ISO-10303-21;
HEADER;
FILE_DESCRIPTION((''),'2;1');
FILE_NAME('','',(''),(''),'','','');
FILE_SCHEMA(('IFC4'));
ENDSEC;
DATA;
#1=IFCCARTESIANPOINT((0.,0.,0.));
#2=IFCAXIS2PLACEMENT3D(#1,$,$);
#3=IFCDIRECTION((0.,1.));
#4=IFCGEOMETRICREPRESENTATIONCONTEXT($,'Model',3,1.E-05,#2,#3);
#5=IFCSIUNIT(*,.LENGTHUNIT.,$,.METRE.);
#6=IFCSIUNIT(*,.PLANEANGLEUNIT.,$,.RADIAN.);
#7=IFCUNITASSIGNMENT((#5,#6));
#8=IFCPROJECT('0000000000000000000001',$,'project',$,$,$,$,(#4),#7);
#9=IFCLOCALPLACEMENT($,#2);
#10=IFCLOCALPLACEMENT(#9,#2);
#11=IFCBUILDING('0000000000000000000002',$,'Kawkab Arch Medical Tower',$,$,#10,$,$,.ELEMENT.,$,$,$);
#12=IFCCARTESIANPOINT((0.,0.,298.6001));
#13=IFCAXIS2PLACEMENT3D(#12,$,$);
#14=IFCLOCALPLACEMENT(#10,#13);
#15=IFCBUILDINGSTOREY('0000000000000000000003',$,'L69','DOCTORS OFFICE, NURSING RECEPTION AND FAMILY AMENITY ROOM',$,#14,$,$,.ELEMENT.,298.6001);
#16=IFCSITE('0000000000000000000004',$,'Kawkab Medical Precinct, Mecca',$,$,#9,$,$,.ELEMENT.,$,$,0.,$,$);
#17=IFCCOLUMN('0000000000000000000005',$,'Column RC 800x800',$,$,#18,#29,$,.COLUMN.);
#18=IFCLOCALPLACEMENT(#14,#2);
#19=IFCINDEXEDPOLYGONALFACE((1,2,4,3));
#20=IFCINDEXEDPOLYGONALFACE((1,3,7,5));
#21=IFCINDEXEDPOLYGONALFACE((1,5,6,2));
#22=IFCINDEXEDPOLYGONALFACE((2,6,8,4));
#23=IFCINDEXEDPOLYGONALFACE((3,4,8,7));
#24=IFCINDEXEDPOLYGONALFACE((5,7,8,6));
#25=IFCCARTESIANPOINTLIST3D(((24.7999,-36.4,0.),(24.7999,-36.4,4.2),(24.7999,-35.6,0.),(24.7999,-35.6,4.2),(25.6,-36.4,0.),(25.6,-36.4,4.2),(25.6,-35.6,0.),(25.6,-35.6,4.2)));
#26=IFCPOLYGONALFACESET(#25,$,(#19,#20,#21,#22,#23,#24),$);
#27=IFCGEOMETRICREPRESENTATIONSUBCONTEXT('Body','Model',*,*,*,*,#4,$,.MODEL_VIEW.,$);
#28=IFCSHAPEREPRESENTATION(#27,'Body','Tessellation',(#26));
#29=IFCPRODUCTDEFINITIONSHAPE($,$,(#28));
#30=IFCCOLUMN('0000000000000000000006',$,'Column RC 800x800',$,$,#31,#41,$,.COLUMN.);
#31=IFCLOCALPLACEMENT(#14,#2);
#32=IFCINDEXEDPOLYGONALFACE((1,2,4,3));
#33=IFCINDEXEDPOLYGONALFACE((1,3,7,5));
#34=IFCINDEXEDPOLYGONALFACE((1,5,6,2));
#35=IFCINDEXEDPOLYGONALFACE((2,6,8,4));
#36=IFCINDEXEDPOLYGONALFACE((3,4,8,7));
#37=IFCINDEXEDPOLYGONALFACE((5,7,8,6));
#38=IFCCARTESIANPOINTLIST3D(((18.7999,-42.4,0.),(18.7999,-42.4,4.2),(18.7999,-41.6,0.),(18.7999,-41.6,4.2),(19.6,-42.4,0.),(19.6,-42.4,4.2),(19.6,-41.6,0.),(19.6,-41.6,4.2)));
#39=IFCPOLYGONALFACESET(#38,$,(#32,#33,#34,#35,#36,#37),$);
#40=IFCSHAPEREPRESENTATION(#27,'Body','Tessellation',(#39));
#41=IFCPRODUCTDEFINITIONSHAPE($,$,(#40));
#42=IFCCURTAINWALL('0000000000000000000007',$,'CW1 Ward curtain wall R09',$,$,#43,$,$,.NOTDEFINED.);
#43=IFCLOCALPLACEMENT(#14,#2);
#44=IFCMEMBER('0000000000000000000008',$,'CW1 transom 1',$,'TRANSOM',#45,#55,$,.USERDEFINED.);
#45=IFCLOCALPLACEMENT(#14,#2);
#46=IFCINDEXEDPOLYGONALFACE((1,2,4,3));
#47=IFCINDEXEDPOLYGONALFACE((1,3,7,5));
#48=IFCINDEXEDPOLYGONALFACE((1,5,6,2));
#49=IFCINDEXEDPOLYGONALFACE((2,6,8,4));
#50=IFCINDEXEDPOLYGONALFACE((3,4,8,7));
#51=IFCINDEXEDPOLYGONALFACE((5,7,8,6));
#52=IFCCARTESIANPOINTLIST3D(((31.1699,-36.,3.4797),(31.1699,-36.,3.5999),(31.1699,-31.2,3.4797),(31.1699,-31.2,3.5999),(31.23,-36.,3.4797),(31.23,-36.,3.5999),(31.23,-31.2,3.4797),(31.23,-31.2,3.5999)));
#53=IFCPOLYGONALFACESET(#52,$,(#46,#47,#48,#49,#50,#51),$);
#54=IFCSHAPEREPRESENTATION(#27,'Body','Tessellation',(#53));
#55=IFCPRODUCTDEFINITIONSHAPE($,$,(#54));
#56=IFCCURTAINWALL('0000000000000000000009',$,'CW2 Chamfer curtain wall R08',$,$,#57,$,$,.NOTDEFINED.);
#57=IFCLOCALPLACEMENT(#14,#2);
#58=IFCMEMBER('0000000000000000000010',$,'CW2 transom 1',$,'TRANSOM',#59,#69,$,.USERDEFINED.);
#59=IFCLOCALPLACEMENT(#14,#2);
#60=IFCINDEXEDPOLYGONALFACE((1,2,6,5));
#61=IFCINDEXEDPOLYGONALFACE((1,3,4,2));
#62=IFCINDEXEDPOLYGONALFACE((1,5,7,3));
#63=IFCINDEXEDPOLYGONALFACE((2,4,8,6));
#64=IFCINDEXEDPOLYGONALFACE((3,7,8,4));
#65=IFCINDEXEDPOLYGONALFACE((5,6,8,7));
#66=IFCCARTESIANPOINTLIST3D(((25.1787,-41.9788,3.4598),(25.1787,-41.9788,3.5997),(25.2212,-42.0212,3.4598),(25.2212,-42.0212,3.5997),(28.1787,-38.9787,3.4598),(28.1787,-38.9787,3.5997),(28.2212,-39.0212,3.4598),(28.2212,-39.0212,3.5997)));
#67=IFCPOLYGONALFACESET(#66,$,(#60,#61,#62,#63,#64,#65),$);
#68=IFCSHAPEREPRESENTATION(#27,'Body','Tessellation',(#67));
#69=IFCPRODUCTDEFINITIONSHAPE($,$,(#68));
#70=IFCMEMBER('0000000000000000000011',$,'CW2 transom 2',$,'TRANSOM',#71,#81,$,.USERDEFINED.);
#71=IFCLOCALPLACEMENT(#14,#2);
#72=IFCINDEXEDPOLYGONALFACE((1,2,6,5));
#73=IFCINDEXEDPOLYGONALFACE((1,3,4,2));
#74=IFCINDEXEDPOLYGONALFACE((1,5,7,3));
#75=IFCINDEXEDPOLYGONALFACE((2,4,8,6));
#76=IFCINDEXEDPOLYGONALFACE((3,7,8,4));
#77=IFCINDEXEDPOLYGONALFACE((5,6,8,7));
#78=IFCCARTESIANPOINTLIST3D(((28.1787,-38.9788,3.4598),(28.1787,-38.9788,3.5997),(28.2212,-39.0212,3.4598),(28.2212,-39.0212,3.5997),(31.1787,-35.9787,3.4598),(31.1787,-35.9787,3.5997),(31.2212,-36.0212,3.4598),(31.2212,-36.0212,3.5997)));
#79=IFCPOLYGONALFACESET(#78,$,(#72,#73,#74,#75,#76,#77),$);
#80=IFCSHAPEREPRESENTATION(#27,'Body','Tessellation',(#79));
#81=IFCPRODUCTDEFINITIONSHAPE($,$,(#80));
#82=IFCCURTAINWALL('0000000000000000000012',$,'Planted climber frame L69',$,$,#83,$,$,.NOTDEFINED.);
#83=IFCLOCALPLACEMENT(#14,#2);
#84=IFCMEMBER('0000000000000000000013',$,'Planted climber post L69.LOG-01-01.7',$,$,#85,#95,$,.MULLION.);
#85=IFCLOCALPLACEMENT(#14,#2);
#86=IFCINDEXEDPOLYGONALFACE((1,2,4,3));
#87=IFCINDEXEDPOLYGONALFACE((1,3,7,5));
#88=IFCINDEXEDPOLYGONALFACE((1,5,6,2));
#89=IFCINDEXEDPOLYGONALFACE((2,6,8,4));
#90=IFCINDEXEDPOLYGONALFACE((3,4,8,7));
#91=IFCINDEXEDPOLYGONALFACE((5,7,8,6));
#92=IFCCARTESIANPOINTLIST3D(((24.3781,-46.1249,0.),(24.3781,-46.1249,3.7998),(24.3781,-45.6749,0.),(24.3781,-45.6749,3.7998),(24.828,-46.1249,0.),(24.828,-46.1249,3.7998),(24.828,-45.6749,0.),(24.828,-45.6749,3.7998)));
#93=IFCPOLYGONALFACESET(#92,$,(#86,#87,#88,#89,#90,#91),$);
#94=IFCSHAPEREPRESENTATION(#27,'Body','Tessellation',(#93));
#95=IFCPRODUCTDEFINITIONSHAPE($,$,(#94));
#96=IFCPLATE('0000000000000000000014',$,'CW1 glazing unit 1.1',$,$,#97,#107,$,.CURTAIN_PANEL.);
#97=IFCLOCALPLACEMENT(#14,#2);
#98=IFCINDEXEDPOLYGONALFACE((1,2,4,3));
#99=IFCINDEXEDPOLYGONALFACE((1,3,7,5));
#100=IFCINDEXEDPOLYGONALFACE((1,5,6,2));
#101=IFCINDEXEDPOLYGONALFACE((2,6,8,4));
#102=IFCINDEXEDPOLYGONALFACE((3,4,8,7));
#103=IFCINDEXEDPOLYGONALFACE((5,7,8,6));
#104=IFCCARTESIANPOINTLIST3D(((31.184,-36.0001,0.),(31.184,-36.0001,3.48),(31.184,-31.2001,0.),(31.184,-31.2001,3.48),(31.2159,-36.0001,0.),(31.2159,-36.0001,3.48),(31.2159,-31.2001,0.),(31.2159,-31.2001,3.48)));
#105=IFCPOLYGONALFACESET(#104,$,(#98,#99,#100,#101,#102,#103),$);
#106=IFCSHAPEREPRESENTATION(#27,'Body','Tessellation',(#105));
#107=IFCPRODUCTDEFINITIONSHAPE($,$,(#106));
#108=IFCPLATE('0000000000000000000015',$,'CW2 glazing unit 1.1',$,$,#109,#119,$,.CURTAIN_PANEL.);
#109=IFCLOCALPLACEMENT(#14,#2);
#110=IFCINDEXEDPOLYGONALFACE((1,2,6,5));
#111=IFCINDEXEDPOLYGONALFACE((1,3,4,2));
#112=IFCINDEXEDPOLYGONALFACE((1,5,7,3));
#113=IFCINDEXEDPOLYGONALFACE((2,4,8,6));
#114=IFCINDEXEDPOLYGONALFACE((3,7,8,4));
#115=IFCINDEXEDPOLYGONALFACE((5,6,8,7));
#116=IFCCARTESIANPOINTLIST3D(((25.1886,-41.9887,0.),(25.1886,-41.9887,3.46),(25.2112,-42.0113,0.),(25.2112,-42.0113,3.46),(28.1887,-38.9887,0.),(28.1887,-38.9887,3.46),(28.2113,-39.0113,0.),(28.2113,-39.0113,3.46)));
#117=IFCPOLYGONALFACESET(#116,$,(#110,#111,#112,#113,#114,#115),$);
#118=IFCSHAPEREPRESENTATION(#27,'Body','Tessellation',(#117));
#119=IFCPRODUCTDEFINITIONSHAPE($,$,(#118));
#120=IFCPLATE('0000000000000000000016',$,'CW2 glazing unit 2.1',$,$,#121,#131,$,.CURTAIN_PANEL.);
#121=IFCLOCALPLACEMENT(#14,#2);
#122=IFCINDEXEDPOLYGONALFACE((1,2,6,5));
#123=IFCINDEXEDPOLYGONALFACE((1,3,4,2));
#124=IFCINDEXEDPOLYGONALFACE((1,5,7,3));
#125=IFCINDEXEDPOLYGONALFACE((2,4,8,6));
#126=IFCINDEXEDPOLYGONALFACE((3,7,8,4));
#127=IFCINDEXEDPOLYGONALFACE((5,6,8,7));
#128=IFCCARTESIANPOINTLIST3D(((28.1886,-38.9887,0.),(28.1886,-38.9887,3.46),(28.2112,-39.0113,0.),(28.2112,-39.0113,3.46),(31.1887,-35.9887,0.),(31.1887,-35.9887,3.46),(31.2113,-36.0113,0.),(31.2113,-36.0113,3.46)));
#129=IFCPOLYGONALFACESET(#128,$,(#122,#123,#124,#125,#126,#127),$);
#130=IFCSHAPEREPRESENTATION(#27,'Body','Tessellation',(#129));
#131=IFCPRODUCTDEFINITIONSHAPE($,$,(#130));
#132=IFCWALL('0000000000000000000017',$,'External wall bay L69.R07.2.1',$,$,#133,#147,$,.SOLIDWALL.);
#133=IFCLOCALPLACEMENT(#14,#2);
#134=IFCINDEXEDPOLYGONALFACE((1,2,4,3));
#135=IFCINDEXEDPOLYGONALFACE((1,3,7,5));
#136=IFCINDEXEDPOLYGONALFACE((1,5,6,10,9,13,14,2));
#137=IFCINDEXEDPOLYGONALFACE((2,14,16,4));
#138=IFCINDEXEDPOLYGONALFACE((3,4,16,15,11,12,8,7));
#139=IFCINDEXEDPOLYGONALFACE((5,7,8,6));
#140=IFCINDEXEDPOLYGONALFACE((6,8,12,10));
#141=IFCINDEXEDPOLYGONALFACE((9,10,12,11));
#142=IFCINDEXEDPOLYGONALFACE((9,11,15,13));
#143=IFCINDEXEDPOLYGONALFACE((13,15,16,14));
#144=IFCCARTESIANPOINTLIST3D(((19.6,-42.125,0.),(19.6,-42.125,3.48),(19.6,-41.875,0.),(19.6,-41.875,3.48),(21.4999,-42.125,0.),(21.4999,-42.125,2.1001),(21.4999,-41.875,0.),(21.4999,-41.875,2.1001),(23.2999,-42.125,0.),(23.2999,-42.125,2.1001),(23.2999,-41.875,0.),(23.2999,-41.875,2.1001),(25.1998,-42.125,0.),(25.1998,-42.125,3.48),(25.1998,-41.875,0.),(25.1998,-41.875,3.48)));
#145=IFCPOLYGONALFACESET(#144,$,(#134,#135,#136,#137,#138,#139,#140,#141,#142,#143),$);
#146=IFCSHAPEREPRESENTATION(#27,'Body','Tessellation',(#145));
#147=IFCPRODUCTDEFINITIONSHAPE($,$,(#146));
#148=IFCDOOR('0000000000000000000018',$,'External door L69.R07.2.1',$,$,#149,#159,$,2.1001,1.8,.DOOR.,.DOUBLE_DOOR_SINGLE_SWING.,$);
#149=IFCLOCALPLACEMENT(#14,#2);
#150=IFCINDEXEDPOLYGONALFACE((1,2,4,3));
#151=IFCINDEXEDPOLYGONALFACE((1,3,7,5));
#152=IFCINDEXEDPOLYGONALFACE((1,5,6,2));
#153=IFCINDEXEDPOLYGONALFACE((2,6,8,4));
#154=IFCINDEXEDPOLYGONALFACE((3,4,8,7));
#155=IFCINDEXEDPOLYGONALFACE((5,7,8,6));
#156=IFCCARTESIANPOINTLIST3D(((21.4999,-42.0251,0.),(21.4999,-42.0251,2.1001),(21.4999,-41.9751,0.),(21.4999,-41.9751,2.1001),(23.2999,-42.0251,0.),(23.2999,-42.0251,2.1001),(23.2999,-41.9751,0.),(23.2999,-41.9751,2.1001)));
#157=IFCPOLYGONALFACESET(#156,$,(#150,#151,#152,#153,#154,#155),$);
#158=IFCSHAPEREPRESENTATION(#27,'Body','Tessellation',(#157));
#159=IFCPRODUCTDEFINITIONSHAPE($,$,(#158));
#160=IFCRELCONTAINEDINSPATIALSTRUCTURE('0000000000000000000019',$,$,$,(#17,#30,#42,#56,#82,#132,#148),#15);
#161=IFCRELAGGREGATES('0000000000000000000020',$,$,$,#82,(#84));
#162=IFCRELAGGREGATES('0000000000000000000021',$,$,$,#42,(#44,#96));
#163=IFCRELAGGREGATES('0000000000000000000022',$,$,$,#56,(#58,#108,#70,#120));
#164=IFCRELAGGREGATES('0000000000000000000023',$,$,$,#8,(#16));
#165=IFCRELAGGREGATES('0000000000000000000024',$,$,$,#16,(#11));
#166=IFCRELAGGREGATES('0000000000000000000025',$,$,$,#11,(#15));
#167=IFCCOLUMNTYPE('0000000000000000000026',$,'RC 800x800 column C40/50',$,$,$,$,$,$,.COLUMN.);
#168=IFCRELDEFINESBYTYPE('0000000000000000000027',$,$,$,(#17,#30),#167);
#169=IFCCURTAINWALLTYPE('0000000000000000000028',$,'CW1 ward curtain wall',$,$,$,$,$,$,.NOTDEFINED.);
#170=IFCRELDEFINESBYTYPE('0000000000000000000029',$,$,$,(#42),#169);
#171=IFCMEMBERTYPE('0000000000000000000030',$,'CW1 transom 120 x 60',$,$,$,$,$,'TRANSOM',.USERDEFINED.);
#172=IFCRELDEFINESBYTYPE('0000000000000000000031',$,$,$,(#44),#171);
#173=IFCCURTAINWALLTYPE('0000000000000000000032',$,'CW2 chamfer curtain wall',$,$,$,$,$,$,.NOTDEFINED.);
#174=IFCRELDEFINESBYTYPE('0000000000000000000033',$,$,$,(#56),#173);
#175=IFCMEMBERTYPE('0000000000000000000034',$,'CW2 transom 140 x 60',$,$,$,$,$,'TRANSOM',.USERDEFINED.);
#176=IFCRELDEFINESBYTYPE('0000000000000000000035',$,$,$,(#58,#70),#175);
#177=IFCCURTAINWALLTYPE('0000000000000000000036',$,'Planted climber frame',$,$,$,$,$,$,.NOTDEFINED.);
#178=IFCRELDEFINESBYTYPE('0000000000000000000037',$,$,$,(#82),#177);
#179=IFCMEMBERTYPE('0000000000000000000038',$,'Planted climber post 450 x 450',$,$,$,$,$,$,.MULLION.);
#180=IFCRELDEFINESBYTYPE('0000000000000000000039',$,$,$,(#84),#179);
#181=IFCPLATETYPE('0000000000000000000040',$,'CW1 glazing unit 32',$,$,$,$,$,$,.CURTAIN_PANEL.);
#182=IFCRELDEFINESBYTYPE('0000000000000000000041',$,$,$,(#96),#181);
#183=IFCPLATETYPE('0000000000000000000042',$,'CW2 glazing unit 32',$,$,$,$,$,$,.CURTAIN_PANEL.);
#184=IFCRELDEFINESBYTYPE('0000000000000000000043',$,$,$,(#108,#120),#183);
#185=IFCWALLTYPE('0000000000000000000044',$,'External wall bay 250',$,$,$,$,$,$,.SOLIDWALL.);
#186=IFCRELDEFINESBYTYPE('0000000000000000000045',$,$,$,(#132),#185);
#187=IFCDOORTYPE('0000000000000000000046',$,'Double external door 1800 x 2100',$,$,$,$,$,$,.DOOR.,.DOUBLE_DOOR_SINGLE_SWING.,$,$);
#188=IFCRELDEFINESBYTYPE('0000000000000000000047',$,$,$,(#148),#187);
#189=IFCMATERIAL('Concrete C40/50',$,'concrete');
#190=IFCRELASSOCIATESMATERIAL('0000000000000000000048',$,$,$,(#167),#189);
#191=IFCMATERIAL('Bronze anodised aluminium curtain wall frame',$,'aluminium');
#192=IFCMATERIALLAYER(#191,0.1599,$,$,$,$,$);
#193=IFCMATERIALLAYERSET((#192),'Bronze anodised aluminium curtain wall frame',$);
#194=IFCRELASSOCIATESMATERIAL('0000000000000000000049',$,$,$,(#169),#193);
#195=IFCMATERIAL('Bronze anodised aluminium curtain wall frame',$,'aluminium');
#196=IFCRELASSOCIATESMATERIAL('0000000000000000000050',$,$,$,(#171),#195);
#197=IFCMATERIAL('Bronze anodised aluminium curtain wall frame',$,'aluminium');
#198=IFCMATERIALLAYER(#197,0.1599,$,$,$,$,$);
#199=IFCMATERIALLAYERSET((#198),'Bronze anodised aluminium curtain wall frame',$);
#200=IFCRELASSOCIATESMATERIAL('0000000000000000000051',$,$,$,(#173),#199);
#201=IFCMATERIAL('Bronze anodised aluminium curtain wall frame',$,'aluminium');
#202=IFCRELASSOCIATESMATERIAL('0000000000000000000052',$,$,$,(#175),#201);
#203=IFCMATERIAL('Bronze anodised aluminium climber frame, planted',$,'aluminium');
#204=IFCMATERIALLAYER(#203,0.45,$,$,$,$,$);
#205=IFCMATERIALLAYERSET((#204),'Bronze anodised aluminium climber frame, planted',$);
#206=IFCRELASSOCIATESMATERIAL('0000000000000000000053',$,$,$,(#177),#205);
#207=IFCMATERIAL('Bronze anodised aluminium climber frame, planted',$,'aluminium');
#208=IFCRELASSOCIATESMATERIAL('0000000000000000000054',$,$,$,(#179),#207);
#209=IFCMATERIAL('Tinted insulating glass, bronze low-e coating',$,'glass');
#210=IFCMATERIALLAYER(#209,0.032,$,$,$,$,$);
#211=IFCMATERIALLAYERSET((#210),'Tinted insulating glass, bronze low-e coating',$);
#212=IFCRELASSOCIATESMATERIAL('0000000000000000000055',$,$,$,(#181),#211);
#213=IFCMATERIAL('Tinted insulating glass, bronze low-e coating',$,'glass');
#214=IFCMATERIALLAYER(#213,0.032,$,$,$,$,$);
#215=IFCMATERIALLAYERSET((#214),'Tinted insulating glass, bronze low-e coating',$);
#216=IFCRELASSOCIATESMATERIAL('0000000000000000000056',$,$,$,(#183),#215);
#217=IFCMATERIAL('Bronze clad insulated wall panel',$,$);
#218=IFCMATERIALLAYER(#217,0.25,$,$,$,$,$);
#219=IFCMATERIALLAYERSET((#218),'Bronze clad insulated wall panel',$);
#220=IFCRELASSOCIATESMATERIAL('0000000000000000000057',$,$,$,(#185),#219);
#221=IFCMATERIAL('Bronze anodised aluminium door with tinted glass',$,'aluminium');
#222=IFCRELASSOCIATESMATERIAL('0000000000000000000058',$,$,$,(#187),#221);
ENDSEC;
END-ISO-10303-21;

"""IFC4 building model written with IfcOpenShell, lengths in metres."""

from ifc_helpers import new_model, si_unit, direction, frame, frame_2d, origin, origin_2d, place, context, subcontext, project, spatial, rectangle, extrude, material, layer, layer_set, material_profile, profile_set, type_object, element, fill, aggregate, save


model = new_model("IFC4")

# Units and contexts
model_context = context("Model", 3, precision=1e-05, world=origin(), true_north=direction((0.0, 1.0)))
body_context = subcontext(model_context, "Body", "Model", "MODEL_VIEW")
ifc_project = project(units=[si_unit("LENGTHUNIT", "METRE"), si_unit("PLANEANGLEUNIT", "RADIAN")], contexts=[model_context])

# Site, building, storey
site_placement = place(None, origin())
site = spatial("IfcSite", under=ifc_project, at=site_placement, Name="Kawkab Medical Precinct, Mecca", CompositionType="ELEMENT", RefElevation=0.0)
building_placement = place(site_placement, origin())
building = spatial("IfcBuilding", under=site, at=building_placement, Name="Kawkab Arch Medical Tower", CompositionType="ELEMENT")
storey_placement = place(building_placement, frame((0.0, 0.0, 298.6001)))
storey = spatial("IfcBuildingStorey", under=building, at=storey_placement, Name="L69", Description="DOCTORS OFFICE, NURSING RECEPTION AND FAMILY AMENITY ROOM", CompositionType="ELEMENT", Elevation=298.6001)

# Columns
ifc_material_1 = material(Name="Concrete C40/50", Category="concrete")
ifc_material_profile_1 = material_profile(ifc_material_1, rectangle(XDim=0.8, YDim=0.8, at=origin_2d()), Name="RC 800x800")
ifc_profile_set_1 = profile_set([ifc_material_profile_1], Name="Concrete C40/50")
column_type = type_object("IfcColumnType", Name="RC 800x800 column C40/50", PredefinedType="COLUMN", material=ifc_profile_set_1)
for number, where, z_axis, x_axis, name in (
    (1, (25.2, -36.0, 0.0), (0.0, 0.0, 1.0), (1.0, 0.0, 0.0), "Column RC 800x800"),
    (2, (19.2, -42.0, 0.0), (0.0, 0.0, 1.0), (1.0, 0.0, 0.0), "Column RC 800x800"),
):
    element("IfcColumn", number, at=place(storey_placement, frame(where, z_axis=z_axis, x_axis=x_axis)), inside=storey, type_object=column_type, Name=name, PredefinedType="COLUMN", context=body_context, shape_type="SweptSolid", body=[
        extrude(rectangle(XDim=0.8, YDim=0.8, at=origin_2d()), origin(), (0.0, 0.0, 1.0), 4.2),
    ])

# Curtain wall, member
ifc_material_2 = material(Name="Bronze anodised aluminium curtain wall frame", Category="aluminium")
ifc_layer_1 = layer(ifc_material_2, 0.1599)
ifc_layer_set_1 = layer_set([ifc_layer_1], Name="Bronze anodised aluminium curtain wall frame")
curtain_wall_type_1 = type_object("IfcCurtainWallType", Name="CW1 ward curtain wall", PredefinedType="NOTDEFINED", material=ifc_layer_set_1)
placement = place(storey_placement, origin())
curtain_wall_1 = element("IfcCurtainWall", 3, at=placement, inside=storey, type_object=curtain_wall_type_1, Name="CW1 Ward curtain wall R09", PredefinedType="NOTDEFINED")
ifc_material_3 = material(Name="Bronze anodised aluminium curtain wall frame", Category="aluminium")
ifc_material_profile_2 = material_profile(ifc_material_3, rectangle(XDim=0.0601, YDim=0.1201, at=origin_2d()), Name="AL 60x120")
ifc_profile_set_2 = profile_set([ifc_material_profile_2], Name="Bronze anodised aluminium curtain wall frame")
member_type_1 = type_object("IfcMemberType", Name="CW1 transom 120 x 60", ElementType="TRANSOM", PredefinedType="USERDEFINED", material=ifc_profile_set_2)
member_1_placement = place(storey_placement, frame((31.2, -36.0, 3.5398), z_axis=(0.0, 1.0, 0.0), x_axis=(-1.0, 0.0, 0.0)))
member_1 = element("IfcMember", 4, at=member_1_placement, type_object=member_type_1, Name="CW1 transom 1", ObjectType="TRANSOM", PredefinedType="USERDEFINED", context=body_context, shape_type="SweptSolid", body=[
    extrude(rectangle(XDim=0.0601, YDim=0.1201, at=origin_2d()), origin(), (0.0, 0.0, 1.0), 4.8),
])

# Curtain wall, members
ifc_material_4 = material(Name="Bronze anodised aluminium curtain wall frame", Category="aluminium")
ifc_layer_2 = layer(ifc_material_4, 0.1599)
ifc_layer_set_2 = layer_set([ifc_layer_2], Name="Bronze anodised aluminium curtain wall frame")
curtain_wall_type_2 = type_object("IfcCurtainWallType", Name="CW2 chamfer curtain wall", PredefinedType="NOTDEFINED", material=ifc_layer_set_2)
curtain_wall_2 = element("IfcCurtainWall", 5, at=placement, inside=storey, type_object=curtain_wall_type_2, Name="CW2 Chamfer curtain wall R08", PredefinedType="NOTDEFINED")
ifc_material_5 = material(Name="Bronze anodised aluminium curtain wall frame", Category="aluminium")
ifc_material_profile_3 = material_profile(ifc_material_5, rectangle(XDim=0.0601, YDim=0.1399, at=origin_2d()), Name="AL 60x140")
ifc_profile_set_3 = profile_set([ifc_material_profile_3], Name="Bronze anodised aluminium curtain wall frame")
member_type_2 = type_object("IfcMemberType", Name="CW2 transom 140 x 60", ElementType="TRANSOM", PredefinedType="USERDEFINED", material=ifc_profile_set_3)
member_2_placement = place(storey_placement, frame((25.2, -42.0, 3.5298), z_axis=(0.707107, 0.707107, 0.0), x_axis=(-0.707107, 0.707107, 0.0)))
member_2 = element("IfcMember", 6, at=member_2_placement, type_object=member_type_2, Name="CW2 transom 1", ObjectType="TRANSOM", PredefinedType="USERDEFINED", context=body_context, shape_type="SweptSolid", body=[
    extrude(rectangle(XDim=0.0601, YDim=0.1399, at=origin_2d()), origin(), (0.0, 0.0, 1.0), 4.2427),
])
member_3_placement = place(storey_placement, frame((28.2, -39.0, 3.5298), z_axis=(0.707107, 0.707107, 0.0), x_axis=(-0.707107, 0.707107, 0.0)))
member_3 = element("IfcMember", 7, at=member_3_placement, type_object=member_type_2, Name="CW2 transom 2", ObjectType="TRANSOM", PredefinedType="USERDEFINED", context=body_context, shape_type="SweptSolid", body=[
    extrude(rectangle(XDim=0.0601, YDim=0.1399, at=origin_2d()), origin(), (0.0, 0.0, 1.0), 4.2427),
])

# Curtain wall, member
ifc_material_6 = material(Name="Bronze anodised aluminium climber frame, planted", Category="aluminium")
ifc_layer_3 = layer(ifc_material_6, 0.45)
ifc_layer_set_3 = layer_set([ifc_layer_3], Name="Bronze anodised aluminium climber frame, planted")
curtain_wall_type_3 = type_object("IfcCurtainWallType", Name="Planted climber frame", PredefinedType="NOTDEFINED", material=ifc_layer_set_3)
curtain_wall_3 = element("IfcCurtainWall", 8, at=placement, inside=storey, type_object=curtain_wall_type_3, Name="Planted climber frame L69", PredefinedType="NOTDEFINED")
ifc_material_7 = material(Name="Bronze anodised aluminium climber frame, planted", Category="aluminium")
ifc_material_profile_4 = material_profile(ifc_material_7, rectangle(XDim=0.45, YDim=0.45, at=origin_2d()), Name="Post 450x450")
ifc_profile_set_4 = profile_set([ifc_material_profile_4], Name="Bronze anodised aluminium climber frame, planted")
member_type_3 = type_object("IfcMemberType", Name="Planted climber post 450 x 450", PredefinedType="MULLION", material=ifc_profile_set_4)
member_4_placement = place(storey_placement, frame((24.603, -45.8999, 0.0), z_axis=(0.0, 0.0, 1.0), x_axis=(1.0, 0.0, 0.0)))
member_4 = element("IfcMember", 9, at=member_4_placement, type_object=member_type_3, Name="Planted climber post L69.LOG-01-01.7", PredefinedType="MULLION", context=body_context, shape_type="SweptSolid", body=[
    extrude(rectangle(XDim=0.45, YDim=0.45, at=origin_2d()), origin(), (0.0, 0.0, 1.0), 3.7998),
])
aggregate(curtain_wall_3, [member_4])

# Plates
ifc_material_8 = material(Name="Tinted insulating glass, bronze low-e coating", Category="glass")
ifc_layer_4 = layer(ifc_material_8, 0.032)
ifc_layer_set_4 = layer_set([ifc_layer_4], Name="Tinted insulating glass, bronze low-e coating")
plate_type_1 = type_object("IfcPlateType", Name="CW1 glazing unit 32", PredefinedType="CURTAIN_PANEL", material=ifc_layer_set_4)
plate_1_placement = place(storey_placement, frame((31.2, -33.6001, 0.0), z_axis=(0.0, 0.0, 1.0), x_axis=(0.0, 1.0, 0.0)))
plate_1 = element("IfcPlate", 10, at=plate_1_placement, type_object=plate_type_1, Name="CW1 glazing unit 1.1", PredefinedType="CURTAIN_PANEL", context=body_context, shape_type="SweptSolid", body=[
    extrude(rectangle(XDim=4.8, YDim=0.032, at=origin_2d()), origin(), (0.0, 0.0, 1.0), 3.48),
])
aggregate(curtain_wall_1, [member_1, plate_1])
ifc_material_9 = material(Name="Tinted insulating glass, bronze low-e coating", Category="glass")
ifc_layer_5 = layer(ifc_material_9, 0.032)
ifc_layer_set_5 = layer_set([ifc_layer_5], Name="Tinted insulating glass, bronze low-e coating")
plate_type_2 = type_object("IfcPlateType", Name="CW2 glazing unit 32", PredefinedType="CURTAIN_PANEL", material=ifc_layer_set_5)
plate_2_placement = place(storey_placement, frame((26.7, -40.5, 0.0), z_axis=(0.0, 0.0, 1.0), x_axis=(0.707107, 0.707107, 0.0)))
plate_2 = element("IfcPlate", 11, at=plate_2_placement, type_object=plate_type_2, Name="CW2 glazing unit 1.1", PredefinedType="CURTAIN_PANEL", context=body_context, shape_type="SweptSolid", body=[
    extrude(rectangle(XDim=4.2427, YDim=0.032, at=origin_2d()), origin(), (0.0, 0.0, 1.0), 3.46),
])
plate_3_placement = place(storey_placement, frame((29.7, -37.5, 0.0), z_axis=(0.0, 0.0, 1.0), x_axis=(0.707107, 0.707107, 0.0)))
plate_3 = element("IfcPlate", 12, at=plate_3_placement, type_object=plate_type_2, Name="CW2 glazing unit 2.1", PredefinedType="CURTAIN_PANEL", context=body_context, shape_type="SweptSolid", body=[
    extrude(rectangle(XDim=4.2427, YDim=0.032, at=origin_2d()), origin(), (0.0, 0.0, 1.0), 3.46),
])
aggregate(curtain_wall_2, [member_2, plate_2, member_3, plate_3])

# Wall, opening, door
ifc_material_10 = material(Name="Bronze clad insulated wall panel")
ifc_layer_6 = layer(ifc_material_10, 0.25)
ifc_layer_set_6 = layer_set([ifc_layer_6], Name="Bronze clad insulated wall panel")
wall_type = type_object("IfcWallType", Name="External wall bay 250", PredefinedType="SOLIDWALL", material=ifc_layer_set_6)
wall_placement = place(storey_placement, frame((19.6001, -42.0, 0.0), z_axis=(0.0, 0.0, 1.0), x_axis=(1.0, 0.0, 0.0)))
wall = element("IfcWall", 13, at=wall_placement, inside=storey, type_object=wall_type, Name="External wall bay L69.R07.2.1", PredefinedType="SOLIDWALL", context=body_context, shape_type="SweptSolid", body=[
    extrude(rectangle(XDim=5.5999, YDim=0.25, at=frame_2d((2.7998, 0.0))), origin(), (0.0, 0.0, 1.0), 3.48),
])
opening_placement = place(wall_placement, frame((1.8999, 0.0, 0.0)))
opening = element("IfcOpeningElement", 14, at=opening_placement, cuts=wall, PredefinedType="OPENING", context=body_context, shape_type="SweptSolid", body=[
    extrude(rectangle(XDim=1.8, YDim=2.1001, at=frame_2d((0.8999, 1.05))), frame((0.0, 0.135, 0.0), z_axis=(0.0, -1.0, 0.0), x_axis=(1.0, 0.0, 0.0)), (0.0, 0.0, 1.0), 0.27),
])
ifc_material_11 = material(Name="Bronze anodised aluminium door with tinted glass", Category="aluminium")
door_type = type_object("IfcDoorType", Name="Double external door 1800 x 2100", OperationType="DOUBLE_DOOR_SINGLE_SWING", PredefinedType="DOOR", material=ifc_material_11)
door_placement = place(opening_placement, origin())
door = element("IfcDoor", 15, at=door_placement, inside=storey, type_object=door_type, Name="External door L69.R07.2.1", OperationType="DOUBLE_DOOR_SINGLE_SWING", OverallHeight=2.1001, OverallWidth=1.8, PredefinedType="DOOR", context=body_context, shape_type="SweptSolid", body=[
    extrude(rectangle(XDim=1.8, YDim=2.1001, at=frame_2d((0.8999, 1.05))), frame((0.0, 0.0249, 0.0), z_axis=(0.0, -1.0, 0.0), x_axis=(1.0, 0.0, 0.0)), (0.0, 0.0, 1.0), 0.05),
])
fill(opening, door)

save(model, "model.ifc")
